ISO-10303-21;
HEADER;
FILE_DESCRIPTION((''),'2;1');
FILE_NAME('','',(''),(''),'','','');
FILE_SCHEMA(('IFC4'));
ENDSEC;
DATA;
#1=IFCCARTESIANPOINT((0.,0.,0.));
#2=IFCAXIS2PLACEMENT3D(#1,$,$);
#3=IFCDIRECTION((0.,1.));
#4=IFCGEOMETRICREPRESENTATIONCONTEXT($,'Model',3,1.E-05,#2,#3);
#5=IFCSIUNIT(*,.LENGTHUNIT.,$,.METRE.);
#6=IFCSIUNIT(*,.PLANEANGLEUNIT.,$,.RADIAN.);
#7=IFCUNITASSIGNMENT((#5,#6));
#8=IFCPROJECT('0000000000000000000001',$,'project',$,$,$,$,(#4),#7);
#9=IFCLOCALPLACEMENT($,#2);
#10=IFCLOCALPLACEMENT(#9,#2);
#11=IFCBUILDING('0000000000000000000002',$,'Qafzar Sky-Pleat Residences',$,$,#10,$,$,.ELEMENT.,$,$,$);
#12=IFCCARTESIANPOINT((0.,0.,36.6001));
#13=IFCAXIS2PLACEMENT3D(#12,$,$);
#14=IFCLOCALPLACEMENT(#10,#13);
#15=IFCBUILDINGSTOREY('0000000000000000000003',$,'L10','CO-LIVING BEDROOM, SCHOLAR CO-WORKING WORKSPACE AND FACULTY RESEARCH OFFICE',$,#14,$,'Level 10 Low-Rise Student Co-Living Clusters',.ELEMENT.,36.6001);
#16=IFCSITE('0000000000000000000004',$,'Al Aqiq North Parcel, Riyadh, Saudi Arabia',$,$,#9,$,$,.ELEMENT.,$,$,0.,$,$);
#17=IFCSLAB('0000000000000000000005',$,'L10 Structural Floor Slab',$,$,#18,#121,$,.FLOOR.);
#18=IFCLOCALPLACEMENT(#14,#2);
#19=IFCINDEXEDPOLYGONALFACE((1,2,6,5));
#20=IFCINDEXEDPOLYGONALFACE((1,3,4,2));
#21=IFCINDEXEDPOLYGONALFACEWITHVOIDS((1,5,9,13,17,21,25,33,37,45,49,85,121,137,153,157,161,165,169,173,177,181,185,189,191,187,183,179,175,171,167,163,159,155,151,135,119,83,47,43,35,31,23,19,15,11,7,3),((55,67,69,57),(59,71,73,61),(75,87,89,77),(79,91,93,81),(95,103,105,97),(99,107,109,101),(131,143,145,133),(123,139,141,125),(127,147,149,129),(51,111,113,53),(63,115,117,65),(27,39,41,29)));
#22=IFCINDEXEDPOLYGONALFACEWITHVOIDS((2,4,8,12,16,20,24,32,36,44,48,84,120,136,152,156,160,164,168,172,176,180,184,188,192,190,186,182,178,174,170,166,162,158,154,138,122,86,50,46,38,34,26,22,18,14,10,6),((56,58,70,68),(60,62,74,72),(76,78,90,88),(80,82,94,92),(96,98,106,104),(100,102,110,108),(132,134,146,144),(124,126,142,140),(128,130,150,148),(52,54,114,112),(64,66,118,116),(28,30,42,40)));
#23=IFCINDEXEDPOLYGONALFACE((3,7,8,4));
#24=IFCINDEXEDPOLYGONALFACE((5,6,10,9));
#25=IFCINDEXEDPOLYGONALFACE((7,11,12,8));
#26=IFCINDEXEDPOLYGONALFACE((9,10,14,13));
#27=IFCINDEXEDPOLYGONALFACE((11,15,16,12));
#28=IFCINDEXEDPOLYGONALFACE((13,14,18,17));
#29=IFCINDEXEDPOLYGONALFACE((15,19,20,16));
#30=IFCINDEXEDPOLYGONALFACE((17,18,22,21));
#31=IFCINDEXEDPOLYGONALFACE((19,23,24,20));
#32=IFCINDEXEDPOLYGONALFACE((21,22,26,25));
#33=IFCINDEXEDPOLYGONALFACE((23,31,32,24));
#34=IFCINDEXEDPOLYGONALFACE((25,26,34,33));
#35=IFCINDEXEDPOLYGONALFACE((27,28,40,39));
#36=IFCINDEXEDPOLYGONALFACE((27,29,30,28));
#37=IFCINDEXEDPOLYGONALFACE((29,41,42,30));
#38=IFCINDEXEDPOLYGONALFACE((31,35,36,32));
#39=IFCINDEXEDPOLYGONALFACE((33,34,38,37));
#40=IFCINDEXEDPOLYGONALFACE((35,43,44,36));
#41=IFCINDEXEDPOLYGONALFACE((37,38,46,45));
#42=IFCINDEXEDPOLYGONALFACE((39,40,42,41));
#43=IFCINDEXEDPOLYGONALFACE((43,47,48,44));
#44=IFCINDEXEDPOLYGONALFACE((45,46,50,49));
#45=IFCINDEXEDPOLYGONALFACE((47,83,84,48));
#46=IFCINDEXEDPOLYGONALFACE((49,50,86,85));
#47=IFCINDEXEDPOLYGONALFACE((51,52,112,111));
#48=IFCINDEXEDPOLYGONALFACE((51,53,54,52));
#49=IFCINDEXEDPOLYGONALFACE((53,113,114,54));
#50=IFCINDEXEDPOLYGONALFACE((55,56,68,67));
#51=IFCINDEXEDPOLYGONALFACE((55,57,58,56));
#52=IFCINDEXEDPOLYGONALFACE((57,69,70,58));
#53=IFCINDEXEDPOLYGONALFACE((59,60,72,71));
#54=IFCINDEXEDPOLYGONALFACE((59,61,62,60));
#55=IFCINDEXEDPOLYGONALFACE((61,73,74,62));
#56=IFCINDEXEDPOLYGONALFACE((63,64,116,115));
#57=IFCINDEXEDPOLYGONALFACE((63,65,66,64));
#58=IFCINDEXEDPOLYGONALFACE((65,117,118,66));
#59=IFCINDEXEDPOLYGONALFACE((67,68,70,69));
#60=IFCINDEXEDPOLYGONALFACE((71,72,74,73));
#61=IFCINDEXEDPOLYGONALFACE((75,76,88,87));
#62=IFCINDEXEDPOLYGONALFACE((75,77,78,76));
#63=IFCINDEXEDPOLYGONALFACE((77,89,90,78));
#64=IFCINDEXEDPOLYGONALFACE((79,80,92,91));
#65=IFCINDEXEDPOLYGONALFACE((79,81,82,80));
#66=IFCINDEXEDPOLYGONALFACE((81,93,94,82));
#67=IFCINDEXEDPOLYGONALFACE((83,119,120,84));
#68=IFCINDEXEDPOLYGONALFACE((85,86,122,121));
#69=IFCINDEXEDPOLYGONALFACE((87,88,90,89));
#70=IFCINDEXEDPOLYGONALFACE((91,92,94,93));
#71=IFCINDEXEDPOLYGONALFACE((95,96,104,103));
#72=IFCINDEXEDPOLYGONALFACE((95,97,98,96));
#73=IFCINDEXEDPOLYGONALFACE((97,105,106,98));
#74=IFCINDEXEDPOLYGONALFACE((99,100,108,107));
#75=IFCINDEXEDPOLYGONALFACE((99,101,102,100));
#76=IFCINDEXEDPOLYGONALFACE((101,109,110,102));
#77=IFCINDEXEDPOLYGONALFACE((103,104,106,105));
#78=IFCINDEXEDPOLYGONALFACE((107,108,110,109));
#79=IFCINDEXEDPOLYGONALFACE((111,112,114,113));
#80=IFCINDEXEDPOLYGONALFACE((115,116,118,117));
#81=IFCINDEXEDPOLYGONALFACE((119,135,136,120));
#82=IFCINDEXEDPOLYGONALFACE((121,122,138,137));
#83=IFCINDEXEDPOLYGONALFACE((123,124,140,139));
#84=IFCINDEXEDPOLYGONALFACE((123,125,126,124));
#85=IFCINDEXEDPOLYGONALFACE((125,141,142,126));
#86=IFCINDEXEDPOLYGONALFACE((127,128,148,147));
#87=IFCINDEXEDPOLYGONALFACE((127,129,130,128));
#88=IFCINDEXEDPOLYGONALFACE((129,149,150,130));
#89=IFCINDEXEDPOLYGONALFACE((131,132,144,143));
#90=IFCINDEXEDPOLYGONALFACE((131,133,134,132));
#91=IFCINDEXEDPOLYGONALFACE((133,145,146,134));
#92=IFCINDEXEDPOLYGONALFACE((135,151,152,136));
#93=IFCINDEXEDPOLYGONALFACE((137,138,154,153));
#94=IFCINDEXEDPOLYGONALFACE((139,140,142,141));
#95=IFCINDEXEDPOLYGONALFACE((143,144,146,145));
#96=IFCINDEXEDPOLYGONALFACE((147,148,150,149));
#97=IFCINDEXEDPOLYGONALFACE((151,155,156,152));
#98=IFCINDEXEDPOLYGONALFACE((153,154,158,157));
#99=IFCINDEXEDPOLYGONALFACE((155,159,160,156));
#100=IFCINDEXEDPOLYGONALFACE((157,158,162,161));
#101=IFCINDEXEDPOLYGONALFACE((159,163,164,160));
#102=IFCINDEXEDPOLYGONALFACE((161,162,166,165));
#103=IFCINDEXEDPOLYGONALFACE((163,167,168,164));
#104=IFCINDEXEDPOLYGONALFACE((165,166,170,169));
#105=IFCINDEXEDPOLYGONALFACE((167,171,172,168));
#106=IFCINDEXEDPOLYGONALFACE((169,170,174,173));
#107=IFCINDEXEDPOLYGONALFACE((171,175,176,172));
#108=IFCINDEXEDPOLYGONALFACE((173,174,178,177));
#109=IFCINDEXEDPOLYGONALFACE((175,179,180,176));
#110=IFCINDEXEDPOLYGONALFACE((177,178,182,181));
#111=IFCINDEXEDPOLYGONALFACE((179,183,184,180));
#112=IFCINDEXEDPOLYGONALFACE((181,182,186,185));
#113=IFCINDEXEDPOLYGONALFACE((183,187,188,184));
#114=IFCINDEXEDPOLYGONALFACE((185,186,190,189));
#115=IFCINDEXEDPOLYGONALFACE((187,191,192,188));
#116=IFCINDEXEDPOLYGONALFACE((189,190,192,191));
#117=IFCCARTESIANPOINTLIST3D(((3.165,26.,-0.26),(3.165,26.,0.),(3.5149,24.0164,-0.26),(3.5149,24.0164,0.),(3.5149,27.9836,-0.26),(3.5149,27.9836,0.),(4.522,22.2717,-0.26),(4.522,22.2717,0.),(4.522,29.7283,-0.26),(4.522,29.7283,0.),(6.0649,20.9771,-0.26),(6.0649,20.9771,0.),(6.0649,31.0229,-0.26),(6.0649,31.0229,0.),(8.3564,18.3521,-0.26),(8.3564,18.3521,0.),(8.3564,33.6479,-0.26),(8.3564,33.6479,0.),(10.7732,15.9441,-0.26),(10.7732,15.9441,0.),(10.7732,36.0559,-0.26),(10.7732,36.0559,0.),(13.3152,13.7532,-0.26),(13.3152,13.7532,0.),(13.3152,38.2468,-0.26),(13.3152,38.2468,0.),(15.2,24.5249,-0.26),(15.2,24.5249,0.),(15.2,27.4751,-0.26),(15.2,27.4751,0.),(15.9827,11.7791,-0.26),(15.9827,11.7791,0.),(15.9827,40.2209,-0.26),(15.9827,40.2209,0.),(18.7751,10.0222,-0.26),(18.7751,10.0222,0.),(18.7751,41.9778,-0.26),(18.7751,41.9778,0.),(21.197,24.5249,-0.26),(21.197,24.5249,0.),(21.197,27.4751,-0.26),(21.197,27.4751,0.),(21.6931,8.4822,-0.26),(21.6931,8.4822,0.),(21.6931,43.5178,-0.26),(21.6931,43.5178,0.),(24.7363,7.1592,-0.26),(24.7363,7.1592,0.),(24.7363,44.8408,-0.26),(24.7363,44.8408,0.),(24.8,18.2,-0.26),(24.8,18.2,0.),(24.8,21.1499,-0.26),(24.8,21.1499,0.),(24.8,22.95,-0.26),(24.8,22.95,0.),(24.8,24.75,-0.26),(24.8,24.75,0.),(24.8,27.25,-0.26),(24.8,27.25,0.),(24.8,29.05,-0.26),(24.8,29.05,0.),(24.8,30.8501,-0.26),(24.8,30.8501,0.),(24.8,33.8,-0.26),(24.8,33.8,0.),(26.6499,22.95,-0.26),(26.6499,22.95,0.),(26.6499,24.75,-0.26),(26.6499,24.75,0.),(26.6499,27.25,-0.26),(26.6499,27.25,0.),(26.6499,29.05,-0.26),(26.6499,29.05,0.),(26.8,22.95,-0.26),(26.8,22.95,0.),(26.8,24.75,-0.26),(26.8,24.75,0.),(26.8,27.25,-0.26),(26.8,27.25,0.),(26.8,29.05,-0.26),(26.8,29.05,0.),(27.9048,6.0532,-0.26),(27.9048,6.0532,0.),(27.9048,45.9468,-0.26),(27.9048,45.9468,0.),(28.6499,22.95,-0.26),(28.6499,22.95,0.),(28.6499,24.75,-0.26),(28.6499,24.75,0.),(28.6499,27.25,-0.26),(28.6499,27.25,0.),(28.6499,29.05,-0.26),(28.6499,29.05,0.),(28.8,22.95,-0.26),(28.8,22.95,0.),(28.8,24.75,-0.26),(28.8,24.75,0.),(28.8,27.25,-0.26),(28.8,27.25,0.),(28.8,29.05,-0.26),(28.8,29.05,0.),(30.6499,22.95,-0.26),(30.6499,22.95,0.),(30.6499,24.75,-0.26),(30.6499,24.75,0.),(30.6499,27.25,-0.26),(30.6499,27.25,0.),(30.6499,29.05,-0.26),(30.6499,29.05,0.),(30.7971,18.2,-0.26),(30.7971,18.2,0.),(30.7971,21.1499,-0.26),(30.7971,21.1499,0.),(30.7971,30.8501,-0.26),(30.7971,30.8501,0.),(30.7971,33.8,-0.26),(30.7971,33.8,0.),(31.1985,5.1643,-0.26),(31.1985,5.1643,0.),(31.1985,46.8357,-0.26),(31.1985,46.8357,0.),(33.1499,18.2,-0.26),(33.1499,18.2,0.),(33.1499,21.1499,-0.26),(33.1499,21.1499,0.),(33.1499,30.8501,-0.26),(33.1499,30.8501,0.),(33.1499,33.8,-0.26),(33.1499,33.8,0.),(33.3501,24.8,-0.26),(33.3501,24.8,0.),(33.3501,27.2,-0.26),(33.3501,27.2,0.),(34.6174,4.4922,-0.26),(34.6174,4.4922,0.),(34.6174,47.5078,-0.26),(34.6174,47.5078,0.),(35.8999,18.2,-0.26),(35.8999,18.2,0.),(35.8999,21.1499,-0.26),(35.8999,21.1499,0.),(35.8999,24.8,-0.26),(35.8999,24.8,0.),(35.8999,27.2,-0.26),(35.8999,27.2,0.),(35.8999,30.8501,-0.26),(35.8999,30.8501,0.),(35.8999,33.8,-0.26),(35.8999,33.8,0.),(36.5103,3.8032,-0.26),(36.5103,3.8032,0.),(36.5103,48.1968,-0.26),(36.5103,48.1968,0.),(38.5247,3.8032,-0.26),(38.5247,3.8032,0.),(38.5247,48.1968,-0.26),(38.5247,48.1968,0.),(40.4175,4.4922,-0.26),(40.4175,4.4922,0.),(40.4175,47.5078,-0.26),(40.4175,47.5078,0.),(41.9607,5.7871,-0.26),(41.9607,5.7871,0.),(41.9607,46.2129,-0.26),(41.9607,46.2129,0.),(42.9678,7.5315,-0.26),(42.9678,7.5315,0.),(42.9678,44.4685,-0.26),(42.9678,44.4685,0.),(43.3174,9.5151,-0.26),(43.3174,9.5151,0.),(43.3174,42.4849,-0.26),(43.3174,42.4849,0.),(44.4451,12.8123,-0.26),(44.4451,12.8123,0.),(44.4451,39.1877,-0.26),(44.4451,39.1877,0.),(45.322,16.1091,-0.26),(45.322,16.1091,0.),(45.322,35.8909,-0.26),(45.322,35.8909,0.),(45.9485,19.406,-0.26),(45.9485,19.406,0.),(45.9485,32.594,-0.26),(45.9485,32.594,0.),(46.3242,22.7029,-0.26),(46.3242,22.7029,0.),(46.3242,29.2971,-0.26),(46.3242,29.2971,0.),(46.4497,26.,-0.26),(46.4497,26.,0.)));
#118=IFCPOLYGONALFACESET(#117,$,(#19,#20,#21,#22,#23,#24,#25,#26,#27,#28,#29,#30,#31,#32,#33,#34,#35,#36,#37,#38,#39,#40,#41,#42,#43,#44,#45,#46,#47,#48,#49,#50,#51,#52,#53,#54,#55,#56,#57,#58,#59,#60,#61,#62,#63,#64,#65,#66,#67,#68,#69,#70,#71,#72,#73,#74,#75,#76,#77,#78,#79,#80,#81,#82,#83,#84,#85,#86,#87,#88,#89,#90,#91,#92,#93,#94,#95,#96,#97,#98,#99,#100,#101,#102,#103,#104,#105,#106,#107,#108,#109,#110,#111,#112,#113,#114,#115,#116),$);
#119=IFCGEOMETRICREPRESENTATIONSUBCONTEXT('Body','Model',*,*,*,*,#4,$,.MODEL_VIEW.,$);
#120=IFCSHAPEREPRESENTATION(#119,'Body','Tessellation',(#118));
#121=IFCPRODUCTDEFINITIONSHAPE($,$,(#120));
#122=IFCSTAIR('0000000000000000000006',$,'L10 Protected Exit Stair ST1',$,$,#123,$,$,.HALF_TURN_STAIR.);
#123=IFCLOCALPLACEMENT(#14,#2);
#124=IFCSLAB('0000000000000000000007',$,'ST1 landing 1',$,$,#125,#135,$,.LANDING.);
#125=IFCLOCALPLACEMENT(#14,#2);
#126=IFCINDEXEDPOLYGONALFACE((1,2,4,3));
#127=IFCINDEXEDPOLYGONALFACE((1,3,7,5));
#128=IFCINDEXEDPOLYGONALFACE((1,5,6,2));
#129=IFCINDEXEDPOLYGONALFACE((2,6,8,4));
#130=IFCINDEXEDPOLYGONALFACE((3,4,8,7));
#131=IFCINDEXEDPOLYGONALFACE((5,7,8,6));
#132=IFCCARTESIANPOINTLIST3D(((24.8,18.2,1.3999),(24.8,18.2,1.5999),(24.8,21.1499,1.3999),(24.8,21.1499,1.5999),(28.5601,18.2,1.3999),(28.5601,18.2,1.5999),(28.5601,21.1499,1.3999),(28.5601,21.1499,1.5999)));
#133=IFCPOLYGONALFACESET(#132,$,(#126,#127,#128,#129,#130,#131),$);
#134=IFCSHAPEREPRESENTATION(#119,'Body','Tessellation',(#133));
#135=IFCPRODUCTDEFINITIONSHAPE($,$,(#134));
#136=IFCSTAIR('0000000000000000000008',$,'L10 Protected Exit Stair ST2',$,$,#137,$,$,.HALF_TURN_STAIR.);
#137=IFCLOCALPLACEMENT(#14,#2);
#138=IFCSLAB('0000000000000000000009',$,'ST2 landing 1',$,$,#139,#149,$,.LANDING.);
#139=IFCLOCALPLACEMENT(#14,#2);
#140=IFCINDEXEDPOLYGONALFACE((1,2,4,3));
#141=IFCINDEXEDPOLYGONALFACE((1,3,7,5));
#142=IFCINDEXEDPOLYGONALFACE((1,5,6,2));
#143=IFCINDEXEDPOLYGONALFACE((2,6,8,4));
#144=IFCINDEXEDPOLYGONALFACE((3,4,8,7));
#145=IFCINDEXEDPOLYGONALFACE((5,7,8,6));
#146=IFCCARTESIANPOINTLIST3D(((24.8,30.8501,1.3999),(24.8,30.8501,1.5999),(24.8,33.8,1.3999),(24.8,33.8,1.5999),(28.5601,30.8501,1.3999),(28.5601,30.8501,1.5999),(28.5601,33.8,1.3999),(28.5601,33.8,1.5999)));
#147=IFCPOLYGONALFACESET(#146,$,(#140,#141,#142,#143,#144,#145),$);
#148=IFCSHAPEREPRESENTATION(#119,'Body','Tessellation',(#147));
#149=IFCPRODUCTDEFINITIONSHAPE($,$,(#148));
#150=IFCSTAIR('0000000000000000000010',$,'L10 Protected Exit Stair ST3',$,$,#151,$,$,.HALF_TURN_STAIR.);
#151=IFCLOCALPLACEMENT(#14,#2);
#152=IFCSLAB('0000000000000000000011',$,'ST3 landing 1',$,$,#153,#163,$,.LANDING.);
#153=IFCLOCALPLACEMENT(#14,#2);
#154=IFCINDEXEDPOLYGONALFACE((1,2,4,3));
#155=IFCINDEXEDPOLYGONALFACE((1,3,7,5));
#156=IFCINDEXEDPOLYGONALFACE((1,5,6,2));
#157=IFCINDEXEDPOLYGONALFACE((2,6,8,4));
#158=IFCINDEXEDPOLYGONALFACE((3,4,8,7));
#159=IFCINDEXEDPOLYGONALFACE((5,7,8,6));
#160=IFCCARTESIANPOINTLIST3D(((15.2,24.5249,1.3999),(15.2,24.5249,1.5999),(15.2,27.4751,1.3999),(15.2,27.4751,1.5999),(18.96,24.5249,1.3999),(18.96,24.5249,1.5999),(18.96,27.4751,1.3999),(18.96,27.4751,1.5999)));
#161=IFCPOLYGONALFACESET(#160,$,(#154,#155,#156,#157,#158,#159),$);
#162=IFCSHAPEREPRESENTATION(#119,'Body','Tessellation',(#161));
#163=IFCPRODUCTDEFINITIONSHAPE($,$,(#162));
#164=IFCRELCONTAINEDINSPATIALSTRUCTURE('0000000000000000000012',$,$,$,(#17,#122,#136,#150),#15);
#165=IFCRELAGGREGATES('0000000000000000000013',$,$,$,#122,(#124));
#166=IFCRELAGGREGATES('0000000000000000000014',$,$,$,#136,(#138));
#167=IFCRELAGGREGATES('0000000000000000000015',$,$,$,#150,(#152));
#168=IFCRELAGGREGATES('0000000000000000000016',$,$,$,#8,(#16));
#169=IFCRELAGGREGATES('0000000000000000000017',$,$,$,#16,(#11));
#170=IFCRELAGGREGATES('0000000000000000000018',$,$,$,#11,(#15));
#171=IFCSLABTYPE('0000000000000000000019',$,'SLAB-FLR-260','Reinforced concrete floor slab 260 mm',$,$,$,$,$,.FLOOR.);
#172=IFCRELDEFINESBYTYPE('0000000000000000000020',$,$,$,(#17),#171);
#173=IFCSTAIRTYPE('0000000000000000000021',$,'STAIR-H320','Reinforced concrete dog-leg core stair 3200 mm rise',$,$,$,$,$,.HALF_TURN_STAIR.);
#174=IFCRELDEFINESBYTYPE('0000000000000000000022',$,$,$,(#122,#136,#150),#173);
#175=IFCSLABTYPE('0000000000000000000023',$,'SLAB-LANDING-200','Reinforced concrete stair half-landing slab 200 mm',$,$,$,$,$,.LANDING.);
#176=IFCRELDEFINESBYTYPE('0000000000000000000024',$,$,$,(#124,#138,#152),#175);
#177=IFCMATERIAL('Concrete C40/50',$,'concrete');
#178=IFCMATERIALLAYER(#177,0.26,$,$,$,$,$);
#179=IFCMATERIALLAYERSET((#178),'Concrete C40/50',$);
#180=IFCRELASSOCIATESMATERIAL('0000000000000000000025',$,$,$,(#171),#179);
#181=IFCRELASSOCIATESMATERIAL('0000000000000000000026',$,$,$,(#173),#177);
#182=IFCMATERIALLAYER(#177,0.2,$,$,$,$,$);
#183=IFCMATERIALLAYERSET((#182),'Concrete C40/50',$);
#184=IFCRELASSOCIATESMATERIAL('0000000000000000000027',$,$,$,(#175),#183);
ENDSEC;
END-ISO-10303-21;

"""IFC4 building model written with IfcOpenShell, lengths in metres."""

from ifc_helpers import new_model, si_unit, direction, frame, origin, place, context, subcontext, project, spatial, polyline, outline, extrude, material, layer, layer_set, type_object, element, aggregate, save


model = new_model("IFC4")

# Units and contexts
model_context = context("Model", 3, precision=1e-05, world=origin(), true_north=direction((0.0, 1.0)))
body_context = subcontext(model_context, "Body", "Model", "MODEL_VIEW")
ifc_project = project(units=[si_unit("LENGTHUNIT", "METRE"), si_unit("PLANEANGLEUNIT", "RADIAN")], contexts=[model_context])

# Site, building, storey
site_placement = place(None, origin())
site = spatial("IfcSite", under=ifc_project, at=site_placement, Name="Al Aqiq North Parcel, Riyadh, Saudi Arabia", CompositionType="ELEMENT", RefElevation=0.0)
building_placement = place(site_placement, origin())
building = spatial("IfcBuilding", under=site, at=building_placement, Name="Qafzar Sky-Pleat Residences", CompositionType="ELEMENT")
storey_placement = place(building_placement, frame((0.0, 0.0, 36.6001)))
storey = spatial("IfcBuildingStorey", under=building, at=storey_placement, Name="L10", Description="CO-LIVING BEDROOM, SCHOLAR CO-WORKING WORKSPACE AND FACULTY RESEARCH OFFICE", LongName="Level 10 Low-Rise Student Co-Living Clusters", CompositionType="ELEMENT", Elevation=36.6001)

# Slab
ifc_material_1 = material(Name="Concrete C40/50", Category="concrete")
ifc_layer_1 = layer(ifc_material_1, 0.26)
ifc_layer_set_1 = layer_set([ifc_layer_1], Name="Concrete C40/50")
slab_type_1 = type_object("IfcSlabType", Name="SLAB-FLR-260", Description="Reinforced concrete floor slab 260 mm", PredefinedType="FLOOR", material=ifc_layer_set_1)
slab_1_placement = place(storey_placement, frame((0.0, 0.0, -0.26)))
element("IfcSlab", 1, at=slab_1_placement, inside=storey, type_object=slab_type_1, Name="L10 Structural Floor Slab", PredefinedType="FLOOR", context=body_context, shape_type="SweptSolid", body=[
    extrude(outline(polyline([(6.0649, 31.0229), (4.522, 29.7283), (3.5149, 27.9836), (3.165, 26.0), (3.5149, 24.0164), (4.522, 22.2717), (6.0649, 20.9771), (8.3564, 18.3521), (10.7732, 15.9441), (13.3152, 13.7532), (15.9827, 11.7791), (18.7751, 10.0222), (21.6931, 8.4822), (24.7363, 7.1592), (27.9048, 6.0532), (31.1985, 5.1643), (34.6174, 4.4922), (36.5103, 3.8032), (38.5247, 3.8032), (40.4175, 4.4922), (41.9607, 5.7871), (42.9678, 7.5315), (43.3174, 9.5151), (44.4451, 12.8123), (45.322, 16.1091), (45.9485, 19.406), (46.3242, 22.7029), (46.4497, 26.0), (46.3242, 29.2971), (45.9485, 32.594), (45.322, 35.8909), (44.4451, 39.1877), (43.3174, 42.4849), (42.9678, 44.4685), (41.9607, 46.2129), (40.4175, 47.5078), (38.5247, 48.1968), (36.5103, 48.1968), (34.6174, 47.5078), (31.1985, 46.8357), (27.9048, 45.9468), (24.7363, 44.8408), (21.6931, 43.5178), (18.7751, 41.9778), (15.9827, 40.2209), (13.3152, 38.2468), (10.7732, 36.0559), (8.3564, 33.6479), (6.0649, 31.0229)]), holes=[polyline([(30.7971, 21.1499), (24.8, 21.1499), (24.8, 18.2), (30.7971, 18.2), (30.7971, 21.1499)]), polyline([(30.7971, 33.8), (24.8, 33.8), (24.8, 30.8501), (30.7971, 30.8501), (30.7971, 33.8)]), polyline([(21.197, 27.4751), (15.2, 27.4751), (15.2, 24.5249), (21.197, 24.5249), (21.197, 27.4751)]), polyline([(24.8, 22.95), (26.6499, 22.95), (26.6499, 24.75), (24.8, 24.75), (24.8, 22.95)]), polyline([(26.8, 22.95), (28.6499, 22.95), (28.6499, 24.75), (26.8, 24.75), (26.8, 22.95)]), polyline([(28.8, 22.95), (30.6499, 22.95), (30.6499, 24.75), (28.8, 24.75), (28.8, 22.95)]), polyline([(24.8, 27.25), (26.6499, 27.25), (26.6499, 29.05), (24.8, 29.05), (24.8, 27.25)]), polyline([(26.8, 27.25), (28.6499, 27.25), (28.6499, 29.05), (26.8, 29.05), (26.8, 27.25)]), polyline([(28.8, 27.25), (30.6499, 27.25), (30.6499, 29.05), (28.8, 29.05), (28.8, 27.25)]), polyline([(33.1499, 18.2), (35.8999, 18.2), (35.8999, 21.1499), (33.1499, 21.1499), (33.1499, 18.2)]), polyline([(33.1499, 30.8501), (35.8999, 30.8501), (35.8999, 33.8), (33.1499, 33.8), (33.1499, 30.8501)]), polyline([(33.3501, 24.8), (35.8999, 24.8), (35.8999, 27.2), (33.3501, 27.2), (33.3501, 24.8)])]), origin(), (0.0, 0.0, 1.0), 0.26),
])

# Stairs, slabs
stair_type = type_object("IfcStairType", Name="STAIR-H320", Description="Reinforced concrete dog-leg core stair 3200 mm rise", PredefinedType="HALF_TURN_STAIR", material=ifc_material_1)
stair_1_placement = place(storey_placement, origin())
stair_1 = element("IfcStair", 2, at=stair_1_placement, inside=storey, type_object=stair_type, Name="L10 Protected Exit Stair ST1", PredefinedType="HALF_TURN_STAIR")
ifc_layer_2 = layer(ifc_material_1, 0.2)
ifc_layer_set_2 = layer_set([ifc_layer_2], Name="Concrete C40/50")
slab_type_2 = type_object("IfcSlabType", Name="SLAB-LANDING-200", Description="Reinforced concrete stair half-landing slab 200 mm", PredefinedType="LANDING", material=ifc_layer_set_2)
slab_2_placement = place(storey_placement, frame((0.0, 0.0, 1.3999)))
slab_2 = element("IfcSlab", 3, at=slab_2_placement, type_object=slab_type_2, Name="ST1 landing 1", PredefinedType="LANDING", context=body_context, shape_type="SweptSolid", body=[
    extrude(outline(polyline([(28.5601, 21.1499), (24.8, 21.1499), (24.8, 18.2), (28.5601, 18.2), (28.5601, 21.1499)])), origin(), (0.0, 0.0, 1.0), 0.2),
])
aggregate(stair_1, [slab_2])
stair_2_placement = place(storey_placement, origin())
stair_2 = element("IfcStair", 4, at=stair_2_placement, inside=storey, type_object=stair_type, Name="L10 Protected Exit Stair ST2", PredefinedType="HALF_TURN_STAIR")
slab_3_placement = place(storey_placement, frame((0.0, 0.0, 1.3999)))
slab_3 = element("IfcSlab", 5, at=slab_3_placement, type_object=slab_type_2, Name="ST2 landing 1", PredefinedType="LANDING", context=body_context, shape_type="SweptSolid", body=[
    extrude(outline(polyline([(28.5601, 33.8), (24.8, 33.8), (24.8, 30.8501), (28.5601, 30.8501), (28.5601, 33.8)])), origin(), (0.0, 0.0, 1.0), 0.2),
])
aggregate(stair_2, [slab_3])
stair_3_placement = place(storey_placement, origin())
stair_3 = element("IfcStair", 6, at=stair_3_placement, inside=storey, type_object=stair_type, Name="L10 Protected Exit Stair ST3", PredefinedType="HALF_TURN_STAIR")
slab_4_placement = place(storey_placement, frame((0.0, 0.0, 1.3999)))
slab_4 = element("IfcSlab", 7, at=slab_4_placement, type_object=slab_type_2, Name="ST3 landing 1", PredefinedType="LANDING", context=body_context, shape_type="SweptSolid", body=[
    extrude(outline(polyline([(18.96, 27.4751), (15.2, 27.4751), (15.2, 24.5249), (18.96, 24.5249), (18.96, 27.4751)])), origin(), (0.0, 0.0, 1.0), 0.2),
])
aggregate(stair_3, [slab_4])

save(model, "model.ifc")
